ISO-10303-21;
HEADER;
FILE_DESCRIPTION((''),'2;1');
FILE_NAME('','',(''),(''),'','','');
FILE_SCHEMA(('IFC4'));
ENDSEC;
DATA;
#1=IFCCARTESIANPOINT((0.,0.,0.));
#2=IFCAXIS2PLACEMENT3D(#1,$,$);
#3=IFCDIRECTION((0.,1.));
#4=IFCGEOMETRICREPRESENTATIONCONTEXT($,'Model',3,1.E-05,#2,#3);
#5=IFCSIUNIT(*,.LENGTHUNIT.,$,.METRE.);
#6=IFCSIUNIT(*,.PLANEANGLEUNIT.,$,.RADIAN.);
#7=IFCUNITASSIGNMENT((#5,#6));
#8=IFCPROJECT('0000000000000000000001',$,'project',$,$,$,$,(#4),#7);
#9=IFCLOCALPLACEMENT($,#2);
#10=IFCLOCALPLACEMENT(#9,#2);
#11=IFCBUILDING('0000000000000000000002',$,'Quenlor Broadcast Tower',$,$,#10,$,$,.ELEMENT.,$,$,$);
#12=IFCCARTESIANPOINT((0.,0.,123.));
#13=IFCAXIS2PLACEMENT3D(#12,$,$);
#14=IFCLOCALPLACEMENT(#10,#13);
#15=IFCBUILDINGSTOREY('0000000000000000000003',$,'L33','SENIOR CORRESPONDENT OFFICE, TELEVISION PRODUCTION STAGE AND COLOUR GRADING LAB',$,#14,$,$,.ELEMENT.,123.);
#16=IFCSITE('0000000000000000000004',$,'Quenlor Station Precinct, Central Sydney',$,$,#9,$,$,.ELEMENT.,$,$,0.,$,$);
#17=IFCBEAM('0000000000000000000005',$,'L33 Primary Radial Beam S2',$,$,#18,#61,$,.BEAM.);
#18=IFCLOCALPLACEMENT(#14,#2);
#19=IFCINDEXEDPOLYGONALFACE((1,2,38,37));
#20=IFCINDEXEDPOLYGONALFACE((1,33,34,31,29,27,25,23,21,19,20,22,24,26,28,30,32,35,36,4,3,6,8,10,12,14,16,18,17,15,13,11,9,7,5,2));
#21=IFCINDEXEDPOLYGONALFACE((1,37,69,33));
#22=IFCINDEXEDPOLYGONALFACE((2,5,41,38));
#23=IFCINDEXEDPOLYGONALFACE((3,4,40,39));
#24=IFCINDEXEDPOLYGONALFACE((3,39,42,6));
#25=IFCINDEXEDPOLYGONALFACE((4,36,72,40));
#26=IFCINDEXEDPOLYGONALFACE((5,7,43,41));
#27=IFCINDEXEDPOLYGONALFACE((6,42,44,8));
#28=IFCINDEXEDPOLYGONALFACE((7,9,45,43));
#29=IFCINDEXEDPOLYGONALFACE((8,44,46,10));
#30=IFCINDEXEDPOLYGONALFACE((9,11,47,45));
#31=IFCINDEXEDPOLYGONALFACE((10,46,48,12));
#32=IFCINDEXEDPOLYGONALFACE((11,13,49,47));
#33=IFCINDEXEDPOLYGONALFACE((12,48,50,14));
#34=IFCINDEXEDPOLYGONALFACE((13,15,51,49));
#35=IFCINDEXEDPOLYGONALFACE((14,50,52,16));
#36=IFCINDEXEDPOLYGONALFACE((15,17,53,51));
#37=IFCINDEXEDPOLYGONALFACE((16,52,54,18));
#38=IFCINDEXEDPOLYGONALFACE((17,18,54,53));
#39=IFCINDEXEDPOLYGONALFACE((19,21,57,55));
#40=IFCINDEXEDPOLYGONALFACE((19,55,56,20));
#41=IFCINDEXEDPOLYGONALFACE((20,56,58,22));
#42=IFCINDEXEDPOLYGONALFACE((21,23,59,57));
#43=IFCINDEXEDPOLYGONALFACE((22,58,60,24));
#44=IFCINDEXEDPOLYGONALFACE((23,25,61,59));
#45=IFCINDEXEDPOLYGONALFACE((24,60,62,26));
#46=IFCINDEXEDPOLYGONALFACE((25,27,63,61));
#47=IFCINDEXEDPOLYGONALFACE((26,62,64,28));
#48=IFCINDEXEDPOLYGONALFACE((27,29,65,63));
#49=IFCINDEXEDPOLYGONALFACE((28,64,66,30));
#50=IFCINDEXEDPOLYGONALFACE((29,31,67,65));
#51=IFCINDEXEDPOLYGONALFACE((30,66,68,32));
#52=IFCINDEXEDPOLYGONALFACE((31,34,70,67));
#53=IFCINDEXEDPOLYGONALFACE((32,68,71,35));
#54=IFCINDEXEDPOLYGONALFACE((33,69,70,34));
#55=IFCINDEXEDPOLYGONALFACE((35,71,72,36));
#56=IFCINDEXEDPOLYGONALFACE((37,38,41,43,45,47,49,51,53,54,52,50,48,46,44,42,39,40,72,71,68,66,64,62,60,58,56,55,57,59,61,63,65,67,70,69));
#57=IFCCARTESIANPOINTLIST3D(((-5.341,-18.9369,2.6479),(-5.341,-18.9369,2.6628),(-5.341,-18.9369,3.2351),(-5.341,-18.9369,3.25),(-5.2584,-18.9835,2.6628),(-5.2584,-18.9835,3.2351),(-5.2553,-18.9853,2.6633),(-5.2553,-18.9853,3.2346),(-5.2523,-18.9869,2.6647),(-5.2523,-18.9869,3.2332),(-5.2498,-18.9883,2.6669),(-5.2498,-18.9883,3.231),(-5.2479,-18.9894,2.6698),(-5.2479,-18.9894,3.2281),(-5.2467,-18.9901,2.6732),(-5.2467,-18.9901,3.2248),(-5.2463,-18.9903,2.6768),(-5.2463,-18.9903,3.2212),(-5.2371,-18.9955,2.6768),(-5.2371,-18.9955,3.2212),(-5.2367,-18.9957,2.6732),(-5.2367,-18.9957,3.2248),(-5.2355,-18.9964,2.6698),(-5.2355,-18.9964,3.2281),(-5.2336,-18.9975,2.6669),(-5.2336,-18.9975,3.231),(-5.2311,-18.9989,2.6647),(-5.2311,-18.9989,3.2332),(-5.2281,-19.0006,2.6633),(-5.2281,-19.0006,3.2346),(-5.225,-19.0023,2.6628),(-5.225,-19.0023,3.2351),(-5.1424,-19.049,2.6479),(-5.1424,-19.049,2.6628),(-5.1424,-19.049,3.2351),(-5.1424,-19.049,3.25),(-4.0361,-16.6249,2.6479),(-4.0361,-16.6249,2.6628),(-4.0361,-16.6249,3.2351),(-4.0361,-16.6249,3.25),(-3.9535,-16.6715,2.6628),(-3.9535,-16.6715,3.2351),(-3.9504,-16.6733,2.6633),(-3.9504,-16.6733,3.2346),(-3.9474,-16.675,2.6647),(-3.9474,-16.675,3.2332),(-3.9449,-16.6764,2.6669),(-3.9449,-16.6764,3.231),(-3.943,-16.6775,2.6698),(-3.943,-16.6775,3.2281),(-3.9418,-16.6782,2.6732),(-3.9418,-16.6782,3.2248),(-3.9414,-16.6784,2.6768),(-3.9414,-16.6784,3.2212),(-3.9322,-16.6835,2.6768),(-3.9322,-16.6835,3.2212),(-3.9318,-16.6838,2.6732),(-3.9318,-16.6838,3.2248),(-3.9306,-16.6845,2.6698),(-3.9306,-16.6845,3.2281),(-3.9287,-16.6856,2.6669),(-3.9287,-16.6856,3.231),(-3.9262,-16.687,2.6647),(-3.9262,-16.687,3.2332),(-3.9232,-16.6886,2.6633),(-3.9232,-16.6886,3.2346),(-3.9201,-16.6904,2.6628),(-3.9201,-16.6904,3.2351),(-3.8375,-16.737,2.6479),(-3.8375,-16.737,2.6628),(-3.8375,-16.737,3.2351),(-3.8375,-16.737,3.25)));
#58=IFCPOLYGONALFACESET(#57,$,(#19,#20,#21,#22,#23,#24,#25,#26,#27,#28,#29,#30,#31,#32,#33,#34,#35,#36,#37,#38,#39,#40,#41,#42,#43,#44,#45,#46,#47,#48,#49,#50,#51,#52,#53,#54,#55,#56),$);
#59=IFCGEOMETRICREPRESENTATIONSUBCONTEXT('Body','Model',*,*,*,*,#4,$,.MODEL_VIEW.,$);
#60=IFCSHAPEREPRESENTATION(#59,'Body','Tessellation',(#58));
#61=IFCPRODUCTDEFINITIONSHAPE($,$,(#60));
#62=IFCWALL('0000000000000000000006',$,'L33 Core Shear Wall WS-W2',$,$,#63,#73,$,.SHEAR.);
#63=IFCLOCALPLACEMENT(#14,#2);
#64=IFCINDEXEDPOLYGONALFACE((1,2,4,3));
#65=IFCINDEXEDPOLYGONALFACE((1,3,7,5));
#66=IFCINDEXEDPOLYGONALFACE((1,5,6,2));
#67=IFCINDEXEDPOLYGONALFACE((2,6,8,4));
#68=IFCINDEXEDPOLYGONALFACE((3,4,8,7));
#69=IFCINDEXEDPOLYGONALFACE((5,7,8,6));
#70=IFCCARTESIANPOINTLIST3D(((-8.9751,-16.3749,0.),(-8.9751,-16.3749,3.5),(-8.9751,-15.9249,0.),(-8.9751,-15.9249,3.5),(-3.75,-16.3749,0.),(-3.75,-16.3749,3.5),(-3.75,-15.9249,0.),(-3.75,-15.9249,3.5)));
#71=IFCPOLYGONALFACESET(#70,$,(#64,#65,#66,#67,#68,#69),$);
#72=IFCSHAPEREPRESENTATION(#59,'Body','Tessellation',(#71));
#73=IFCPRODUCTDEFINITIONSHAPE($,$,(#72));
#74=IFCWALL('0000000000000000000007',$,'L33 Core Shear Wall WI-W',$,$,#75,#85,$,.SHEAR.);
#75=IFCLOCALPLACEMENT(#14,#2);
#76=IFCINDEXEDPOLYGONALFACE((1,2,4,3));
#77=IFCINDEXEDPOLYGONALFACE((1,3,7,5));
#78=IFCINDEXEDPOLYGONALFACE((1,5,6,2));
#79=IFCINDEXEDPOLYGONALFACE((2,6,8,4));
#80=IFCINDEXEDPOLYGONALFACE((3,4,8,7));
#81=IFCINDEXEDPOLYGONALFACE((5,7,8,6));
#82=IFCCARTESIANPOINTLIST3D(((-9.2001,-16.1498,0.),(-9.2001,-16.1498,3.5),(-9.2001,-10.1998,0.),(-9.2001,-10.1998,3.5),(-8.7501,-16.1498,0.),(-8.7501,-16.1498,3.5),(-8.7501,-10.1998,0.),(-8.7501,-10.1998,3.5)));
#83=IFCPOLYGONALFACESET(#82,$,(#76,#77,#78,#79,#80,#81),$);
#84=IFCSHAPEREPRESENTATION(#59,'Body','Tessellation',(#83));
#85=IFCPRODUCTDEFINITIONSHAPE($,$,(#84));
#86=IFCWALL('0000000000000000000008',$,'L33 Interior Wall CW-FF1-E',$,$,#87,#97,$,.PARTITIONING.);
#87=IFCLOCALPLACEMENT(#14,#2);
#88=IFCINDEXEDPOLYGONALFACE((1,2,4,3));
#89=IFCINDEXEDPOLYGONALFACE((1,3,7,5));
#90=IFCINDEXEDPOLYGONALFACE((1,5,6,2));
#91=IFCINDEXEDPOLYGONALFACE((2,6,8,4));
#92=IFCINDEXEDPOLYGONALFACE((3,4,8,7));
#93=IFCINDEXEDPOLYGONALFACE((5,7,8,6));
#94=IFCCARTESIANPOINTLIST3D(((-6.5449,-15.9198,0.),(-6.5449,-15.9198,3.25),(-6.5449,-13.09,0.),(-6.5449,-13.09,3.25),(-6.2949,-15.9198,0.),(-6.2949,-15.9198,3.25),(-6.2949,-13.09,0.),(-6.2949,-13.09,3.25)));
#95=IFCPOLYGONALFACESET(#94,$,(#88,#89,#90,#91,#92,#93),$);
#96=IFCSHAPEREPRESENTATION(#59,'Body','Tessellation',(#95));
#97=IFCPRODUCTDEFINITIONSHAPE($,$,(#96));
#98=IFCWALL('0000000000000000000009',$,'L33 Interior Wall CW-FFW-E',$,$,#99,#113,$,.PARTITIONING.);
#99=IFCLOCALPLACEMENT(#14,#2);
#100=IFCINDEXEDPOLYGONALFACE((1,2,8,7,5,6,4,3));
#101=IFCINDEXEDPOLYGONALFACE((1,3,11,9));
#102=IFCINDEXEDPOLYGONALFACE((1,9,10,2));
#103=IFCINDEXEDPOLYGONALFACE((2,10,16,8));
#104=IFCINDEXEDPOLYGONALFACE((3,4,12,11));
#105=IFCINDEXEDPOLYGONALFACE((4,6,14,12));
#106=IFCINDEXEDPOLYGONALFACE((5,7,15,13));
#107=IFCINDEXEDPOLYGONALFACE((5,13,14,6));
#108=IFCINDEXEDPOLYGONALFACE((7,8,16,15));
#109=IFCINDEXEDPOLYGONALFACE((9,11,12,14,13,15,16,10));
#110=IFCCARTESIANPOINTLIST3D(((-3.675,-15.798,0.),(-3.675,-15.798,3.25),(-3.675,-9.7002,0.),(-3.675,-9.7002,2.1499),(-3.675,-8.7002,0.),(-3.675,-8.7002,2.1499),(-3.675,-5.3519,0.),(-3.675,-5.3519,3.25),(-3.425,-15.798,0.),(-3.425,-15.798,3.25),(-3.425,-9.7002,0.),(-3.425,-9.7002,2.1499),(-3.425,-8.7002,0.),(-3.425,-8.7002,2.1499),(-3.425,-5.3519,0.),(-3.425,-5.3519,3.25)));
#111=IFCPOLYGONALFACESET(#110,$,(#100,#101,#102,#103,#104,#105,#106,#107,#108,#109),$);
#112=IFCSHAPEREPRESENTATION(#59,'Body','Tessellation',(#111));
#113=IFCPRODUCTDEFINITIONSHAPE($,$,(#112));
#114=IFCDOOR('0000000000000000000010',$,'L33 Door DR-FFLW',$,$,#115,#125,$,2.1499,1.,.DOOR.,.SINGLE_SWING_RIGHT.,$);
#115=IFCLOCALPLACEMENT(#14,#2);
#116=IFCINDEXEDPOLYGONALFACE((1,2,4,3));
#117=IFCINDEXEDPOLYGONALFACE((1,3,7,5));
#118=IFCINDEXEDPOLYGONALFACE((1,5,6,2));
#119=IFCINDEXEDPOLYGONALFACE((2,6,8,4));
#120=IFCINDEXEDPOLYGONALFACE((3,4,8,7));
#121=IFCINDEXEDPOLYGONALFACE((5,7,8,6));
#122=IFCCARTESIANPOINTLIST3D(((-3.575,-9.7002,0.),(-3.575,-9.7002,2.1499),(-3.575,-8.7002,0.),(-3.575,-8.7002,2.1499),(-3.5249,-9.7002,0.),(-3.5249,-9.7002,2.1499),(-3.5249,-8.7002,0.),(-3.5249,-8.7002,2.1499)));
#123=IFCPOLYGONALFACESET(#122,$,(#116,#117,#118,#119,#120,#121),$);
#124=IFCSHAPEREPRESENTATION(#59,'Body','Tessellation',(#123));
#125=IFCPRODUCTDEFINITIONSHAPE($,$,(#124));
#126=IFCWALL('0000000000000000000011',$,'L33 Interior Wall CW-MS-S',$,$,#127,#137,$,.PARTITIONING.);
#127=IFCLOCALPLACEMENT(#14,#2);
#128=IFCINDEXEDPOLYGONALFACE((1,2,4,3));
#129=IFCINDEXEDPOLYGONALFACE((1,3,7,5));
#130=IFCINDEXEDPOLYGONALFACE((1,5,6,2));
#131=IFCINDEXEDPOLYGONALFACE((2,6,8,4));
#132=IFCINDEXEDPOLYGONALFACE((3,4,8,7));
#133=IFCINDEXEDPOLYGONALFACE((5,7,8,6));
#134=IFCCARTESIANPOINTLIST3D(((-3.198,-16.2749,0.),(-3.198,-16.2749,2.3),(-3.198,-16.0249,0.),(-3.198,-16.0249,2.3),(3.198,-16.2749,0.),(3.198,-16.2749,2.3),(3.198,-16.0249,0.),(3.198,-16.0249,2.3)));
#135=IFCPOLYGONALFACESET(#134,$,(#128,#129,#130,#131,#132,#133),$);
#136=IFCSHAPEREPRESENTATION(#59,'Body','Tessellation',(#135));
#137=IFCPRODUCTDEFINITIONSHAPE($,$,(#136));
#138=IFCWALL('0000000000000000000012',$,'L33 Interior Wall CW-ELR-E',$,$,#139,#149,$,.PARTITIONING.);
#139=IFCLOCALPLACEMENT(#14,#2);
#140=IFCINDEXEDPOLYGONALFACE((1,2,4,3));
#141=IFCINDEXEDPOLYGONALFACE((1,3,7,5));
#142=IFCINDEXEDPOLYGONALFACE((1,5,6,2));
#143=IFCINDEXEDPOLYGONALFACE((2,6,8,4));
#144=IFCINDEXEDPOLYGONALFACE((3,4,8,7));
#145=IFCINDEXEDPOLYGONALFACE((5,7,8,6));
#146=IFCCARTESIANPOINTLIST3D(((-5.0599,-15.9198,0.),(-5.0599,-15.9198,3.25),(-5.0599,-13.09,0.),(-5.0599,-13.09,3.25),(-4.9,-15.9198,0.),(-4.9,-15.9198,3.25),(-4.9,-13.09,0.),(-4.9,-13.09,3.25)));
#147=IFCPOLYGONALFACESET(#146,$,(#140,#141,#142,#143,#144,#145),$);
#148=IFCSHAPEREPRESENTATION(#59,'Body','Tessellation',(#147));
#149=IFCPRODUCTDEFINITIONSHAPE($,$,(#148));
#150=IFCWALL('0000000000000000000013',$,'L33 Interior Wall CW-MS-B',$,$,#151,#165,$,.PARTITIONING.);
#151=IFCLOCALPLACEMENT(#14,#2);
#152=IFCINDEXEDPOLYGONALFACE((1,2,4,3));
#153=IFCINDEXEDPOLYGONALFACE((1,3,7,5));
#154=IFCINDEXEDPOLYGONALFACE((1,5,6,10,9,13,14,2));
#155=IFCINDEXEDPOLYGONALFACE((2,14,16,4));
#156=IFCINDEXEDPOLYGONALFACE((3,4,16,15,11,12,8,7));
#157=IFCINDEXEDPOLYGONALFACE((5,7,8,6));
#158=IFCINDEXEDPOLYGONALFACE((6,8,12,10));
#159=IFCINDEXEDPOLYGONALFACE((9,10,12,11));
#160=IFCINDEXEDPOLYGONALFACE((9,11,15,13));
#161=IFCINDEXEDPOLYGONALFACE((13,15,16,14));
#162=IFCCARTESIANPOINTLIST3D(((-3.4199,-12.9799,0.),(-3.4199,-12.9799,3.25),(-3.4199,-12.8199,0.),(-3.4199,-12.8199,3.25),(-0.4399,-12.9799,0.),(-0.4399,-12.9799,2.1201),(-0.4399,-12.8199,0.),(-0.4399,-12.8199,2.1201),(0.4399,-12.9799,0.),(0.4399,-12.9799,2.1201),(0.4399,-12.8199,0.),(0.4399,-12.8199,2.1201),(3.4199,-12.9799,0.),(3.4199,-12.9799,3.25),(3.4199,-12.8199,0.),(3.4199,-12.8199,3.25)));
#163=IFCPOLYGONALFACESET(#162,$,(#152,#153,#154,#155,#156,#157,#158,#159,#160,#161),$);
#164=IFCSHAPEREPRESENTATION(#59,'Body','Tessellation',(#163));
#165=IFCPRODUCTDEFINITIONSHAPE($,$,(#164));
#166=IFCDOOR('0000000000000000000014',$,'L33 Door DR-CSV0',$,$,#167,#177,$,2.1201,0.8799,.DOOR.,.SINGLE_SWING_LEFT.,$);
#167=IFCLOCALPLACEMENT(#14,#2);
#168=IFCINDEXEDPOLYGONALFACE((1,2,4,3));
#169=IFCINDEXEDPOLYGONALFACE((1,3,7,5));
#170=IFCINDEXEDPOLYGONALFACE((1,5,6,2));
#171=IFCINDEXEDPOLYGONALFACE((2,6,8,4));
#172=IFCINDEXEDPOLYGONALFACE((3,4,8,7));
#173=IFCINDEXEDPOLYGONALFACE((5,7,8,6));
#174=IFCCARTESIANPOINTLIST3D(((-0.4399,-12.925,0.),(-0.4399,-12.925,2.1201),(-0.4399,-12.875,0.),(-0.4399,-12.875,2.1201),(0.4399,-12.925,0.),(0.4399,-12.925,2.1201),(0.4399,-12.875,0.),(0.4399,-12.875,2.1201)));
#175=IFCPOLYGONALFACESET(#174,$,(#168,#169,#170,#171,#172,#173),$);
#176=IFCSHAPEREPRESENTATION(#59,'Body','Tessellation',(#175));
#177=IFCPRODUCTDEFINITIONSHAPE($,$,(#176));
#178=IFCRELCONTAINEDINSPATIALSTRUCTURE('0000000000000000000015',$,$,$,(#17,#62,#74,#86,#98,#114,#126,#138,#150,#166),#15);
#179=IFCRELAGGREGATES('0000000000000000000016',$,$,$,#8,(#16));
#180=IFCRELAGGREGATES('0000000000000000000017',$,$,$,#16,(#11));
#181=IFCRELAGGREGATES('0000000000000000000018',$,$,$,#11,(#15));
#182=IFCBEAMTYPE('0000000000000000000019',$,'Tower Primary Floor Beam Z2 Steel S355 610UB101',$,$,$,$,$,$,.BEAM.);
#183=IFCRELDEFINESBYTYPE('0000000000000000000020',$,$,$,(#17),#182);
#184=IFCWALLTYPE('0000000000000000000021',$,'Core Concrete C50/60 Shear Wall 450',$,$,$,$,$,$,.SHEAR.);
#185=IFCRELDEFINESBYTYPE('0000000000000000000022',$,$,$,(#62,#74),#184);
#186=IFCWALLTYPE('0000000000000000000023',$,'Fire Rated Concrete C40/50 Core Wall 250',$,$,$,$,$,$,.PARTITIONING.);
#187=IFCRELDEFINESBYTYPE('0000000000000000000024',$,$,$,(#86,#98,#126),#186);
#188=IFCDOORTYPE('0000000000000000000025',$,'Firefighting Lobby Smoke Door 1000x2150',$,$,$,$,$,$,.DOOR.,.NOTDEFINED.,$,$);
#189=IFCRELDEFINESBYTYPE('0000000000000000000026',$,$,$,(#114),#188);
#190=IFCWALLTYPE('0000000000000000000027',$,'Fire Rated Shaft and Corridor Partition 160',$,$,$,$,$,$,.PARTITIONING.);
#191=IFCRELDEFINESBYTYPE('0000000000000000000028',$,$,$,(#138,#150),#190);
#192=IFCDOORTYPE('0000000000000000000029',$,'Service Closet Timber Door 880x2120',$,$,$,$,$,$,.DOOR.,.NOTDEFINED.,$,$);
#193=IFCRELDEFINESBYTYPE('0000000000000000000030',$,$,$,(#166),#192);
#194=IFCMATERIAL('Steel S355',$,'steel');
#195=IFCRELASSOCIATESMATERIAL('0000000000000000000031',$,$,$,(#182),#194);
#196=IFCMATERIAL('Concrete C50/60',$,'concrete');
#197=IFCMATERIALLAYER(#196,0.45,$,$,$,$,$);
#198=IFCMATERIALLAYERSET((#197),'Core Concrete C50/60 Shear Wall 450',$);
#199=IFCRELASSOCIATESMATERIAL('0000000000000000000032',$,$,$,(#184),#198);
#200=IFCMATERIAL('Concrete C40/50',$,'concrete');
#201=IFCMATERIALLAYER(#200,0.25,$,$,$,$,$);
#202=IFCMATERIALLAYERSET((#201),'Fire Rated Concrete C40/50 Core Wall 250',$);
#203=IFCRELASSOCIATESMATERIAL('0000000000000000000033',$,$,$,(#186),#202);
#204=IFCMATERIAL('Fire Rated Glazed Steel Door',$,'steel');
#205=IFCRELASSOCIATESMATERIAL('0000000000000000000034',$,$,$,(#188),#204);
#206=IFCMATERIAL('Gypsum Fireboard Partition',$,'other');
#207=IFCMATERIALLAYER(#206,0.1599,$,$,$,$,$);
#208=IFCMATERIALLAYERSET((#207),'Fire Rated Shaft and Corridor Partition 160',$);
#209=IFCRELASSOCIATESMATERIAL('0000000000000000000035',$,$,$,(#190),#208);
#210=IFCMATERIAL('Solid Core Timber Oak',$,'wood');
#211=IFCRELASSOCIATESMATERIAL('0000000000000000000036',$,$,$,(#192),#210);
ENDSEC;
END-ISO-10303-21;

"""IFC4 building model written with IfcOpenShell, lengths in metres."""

from ifc_helpers import new_model, si_unit, direction, frame, frame_2d, origin, origin_2d, place, context, subcontext, project, spatial, rectangle, i_section, extrude, material, layer, layer_set, material_profile, profile_set, type_object, element, fill, save


model = new_model("IFC4")

# Units and contexts
model_context = context("Model", 3, precision=1e-05, world=origin(), true_north=direction((0.0, 1.0)))
body_context = subcontext(model_context, "Body", "Model", "MODEL_VIEW")
ifc_project = project(units=[si_unit("LENGTHUNIT", "METRE"), si_unit("PLANEANGLEUNIT", "RADIAN")], contexts=[model_context])

# Site, building, storey
site_placement = place(None, origin())
site = spatial("IfcSite", under=ifc_project, at=site_placement, Name="Quenlor Station Precinct, Central Sydney", CompositionType="ELEMENT", RefElevation=0.0)
building_placement = place(site_placement, origin())
building = spatial("IfcBuilding", under=site, at=building_placement, Name="Quenlor Broadcast Tower", CompositionType="ELEMENT")
storey_placement = place(building_placement, frame((0.0, 0.0, 123.0)))
storey = spatial("IfcBuildingStorey", under=building, at=storey_placement, Name="L33", Description="SENIOR CORRESPONDENT OFFICE, TELEVISION PRODUCTION STAGE AND COLOUR GRADING LAB", CompositionType="ELEMENT", Elevation=123.0)

# Beam
ifc_material_1 = material(Name="Steel S355", Category="steel")
ifc_material_profile_1 = material_profile(ifc_material_1, i_section(OverallWidth=0.228, OverallDepth=0.6021, WebThickness=0.0105, FlangeThickness=0.0149, FilletRadius=0.0139, at=origin_2d()))
ifc_profile_set_1 = profile_set([ifc_material_profile_1], Name="Steel S355 610UB101")
beam_type_1 = type_object("IfcBeamType", Name="Tower Primary Floor Beam Z2 Steel S355 610UB101", PredefinedType="BEAM", material=ifc_profile_set_1)
beam_1_placement = place(storey_placement, frame((-5.2417, -18.9929, 2.949), z_axis=(0.491527, 0.870862, 0.0), x_axis=(-0.870862, 0.491527, 0.0)))
element("IfcBeam", 1, at=beam_1_placement, inside=storey, type_object=beam_type_1, Name="L33 Primary Radial Beam S2", PredefinedType="BEAM", context=body_context, shape_type="SweptSolid", body=[
    extrude(i_section(OverallWidth=0.228, OverallDepth=0.6021, WebThickness=0.0105, FlangeThickness=0.0149, FilletRadius=0.0139, at=origin_2d()), origin(), (0.0, 0.0, 1.0), 2.6548),
])

# Walls
ifc_material_2 = material(Name="Concrete C50/60", Category="concrete")
ifc_layer_1 = layer(ifc_material_2, 0.45)
ifc_layer_set_1 = layer_set([ifc_layer_1], Name="Core Concrete C50/60 Shear Wall 450")
wall_type_1 = type_object("IfcWallType", Name="Core Concrete C50/60 Shear Wall 450", PredefinedType="SHEAR", material=ifc_layer_set_1)
wall_1_placement = place(storey_placement, frame((-8.9751, -16.1499, 0.0), z_axis=(0.0, 0.0, 1.0), x_axis=(1.0, 0.0, 0.0)))
element("IfcWall", 2, at=wall_1_placement, inside=storey, type_object=wall_type_1, Name="L33 Core Shear Wall WS-W2", PredefinedType="SHEAR", context=body_context, shape_type="SweptSolid", body=[
    extrude(rectangle(XDim=5.2251, YDim=0.45, at=frame_2d((2.6125, 0.0))), origin(), (0.0, 0.0, 1.0), 3.5),
])
wall_2_placement = place(storey_placement, frame((-8.9751, -16.1499, 0.0), z_axis=(0.0, 0.0, 1.0), x_axis=(0.0, 1.0, 0.0)))
element("IfcWall", 3, at=wall_2_placement, inside=storey, type_object=wall_type_1, Name="L33 Core Shear Wall WI-W", PredefinedType="SHEAR", context=body_context, shape_type="SweptSolid", body=[
    extrude(rectangle(XDim=5.95, YDim=0.45, at=frame_2d((2.9751, 0.0))), origin(), (0.0, 0.0, 1.0), 3.5),
])

# Shared definitions
ifc_material_3 = material(Name="Concrete C40/50", Category="concrete")
ifc_layer_2 = layer(ifc_material_3, 0.25)
ifc_layer_set_2 = layer_set([ifc_layer_2], Name="Fire Rated Concrete C40/50 Core Wall 250")
wall_type_2 = type_object("IfcWallType", Name="Fire Rated Concrete C40/50 Core Wall 250", PredefinedType="PARTITIONING", material=ifc_layer_set_2)

# Wall
wall_3_placement = place(storey_placement, frame((-6.4199, -15.9199, 0.0), z_axis=(0.0, 0.0, 1.0), x_axis=(0.0, 1.0, 0.0)))
element("IfcWall", 4, at=wall_3_placement, inside=storey, type_object=wall_type_2, Name="L33 Interior Wall CW-FF1-E", PredefinedType="PARTITIONING", context=body_context, shape_type="SweptSolid", body=[
    extrude(rectangle(XDim=2.8298, YDim=0.25, at=frame_2d((1.415, 0.0))), origin(), (0.0, 0.0, 1.0), 3.25),
])

# Wall, opening, door
wall_4_placement = place(storey_placement, frame((-3.55, -15.7981, 0.0), z_axis=(0.0, 0.0, 1.0), x_axis=(0.0, 1.0, 0.0)))
wall_4 = element("IfcWall", 5, at=wall_4_placement, inside=storey, type_object=wall_type_2, Name="L33 Interior Wall CW-FFW-E", PredefinedType="PARTITIONING", context=body_context, shape_type="SweptSolid", body=[
    extrude(rectangle(XDim=10.446, YDim=0.25, at=frame_2d((5.2231, 0.0))), origin(), (0.0, 0.0, 1.0), 3.25),
])
opening_1_placement = place(wall_4_placement, frame((6.0979, 0.0, 0.0)))
opening_1 = element("IfcOpeningElement", 6, at=opening_1_placement, cuts=wall_4, PredefinedType="OPENING", context=body_context, shape_type="SweptSolid", body=[
    extrude(rectangle(XDim=1.0, YDim=2.1499, at=frame_2d((0.5, 1.075))), frame((0.0, 0.135, 0.0), z_axis=(0.0, -1.0, 0.0), x_axis=(1.0, 0.0, 0.0)), (0.0, 0.0, 1.0), 0.27),
])
ifc_material_4 = material(Name="Fire Rated Glazed Steel Door", Category="steel")
door_type_1 = type_object("IfcDoorType", Name="Firefighting Lobby Smoke Door 1000x2150", OperationType="NOTDEFINED", PredefinedType="DOOR", material=ifc_material_4)
door_1_placement = place(opening_1_placement, origin())
door_1 = element("IfcDoor", 7, at=door_1_placement, inside=storey, type_object=door_type_1, Name="L33 Door DR-FFLW", OperationType="SINGLE_SWING_RIGHT", OverallHeight=2.1499, OverallWidth=1.0, PredefinedType="DOOR", context=body_context, shape_type="SweptSolid", body=[
    extrude(rectangle(XDim=1.0, YDim=2.1499, at=frame_2d((0.5, 1.075))), frame((0.0, 0.0249, 0.0), z_axis=(0.0, -1.0, 0.0), x_axis=(1.0, 0.0, 0.0)), (0.0, 0.0, 1.0), 0.05),
])
fill(opening_1, door_1)

# Walls
wall_5_placement = place(storey_placement, frame((-3.198, -16.1499, 0.0), z_axis=(0.0, 0.0, 1.0), x_axis=(1.0, 0.0, 0.0)))
element("IfcWall", 8, at=wall_5_placement, inside=storey, type_object=wall_type_2, Name="L33 Interior Wall CW-MS-S", PredefinedType="PARTITIONING", context=body_context, shape_type="SweptSolid", body=[
    extrude(rectangle(XDim=6.396, YDim=0.25, at=frame_2d((3.198, 0.0))), origin(), (0.0, 0.0, 1.0), 2.3),
])
ifc_material_5 = material(Name="Gypsum Fireboard Partition", Category="other")
ifc_layer_3 = layer(ifc_material_5, 0.1599)
ifc_layer_set_3 = layer_set([ifc_layer_3], Name="Fire Rated Shaft and Corridor Partition 160")
wall_type_3 = type_object("IfcWallType", Name="Fire Rated Shaft and Corridor Partition 160", PredefinedType="PARTITIONING", material=ifc_layer_set_3)
wall_6_placement = place(storey_placement, frame((-4.98, -15.9199, 0.0), z_axis=(0.0, 0.0, 1.0), x_axis=(0.0, 1.0, 0.0)))
element("IfcWall", 9, at=wall_6_placement, inside=storey, type_object=wall_type_3, Name="L33 Interior Wall CW-ELR-E", PredefinedType="PARTITIONING", context=body_context, shape_type="SweptSolid", body=[
    extrude(rectangle(XDim=2.8298, YDim=0.1599, at=frame_2d((1.415, 0.0))), origin(), (0.0, 0.0, 1.0), 3.25),
])

# Wall, opening, door
wall_7_placement = place(storey_placement, frame((-3.4199, -12.8999, 0.0), z_axis=(0.0, 0.0, 1.0), x_axis=(1.0, 0.0, 0.0)))
wall_7 = element("IfcWall", 10, at=wall_7_placement, inside=storey, type_object=wall_type_3, Name="L33 Interior Wall CW-MS-B", PredefinedType="PARTITIONING", context=body_context, shape_type="SweptSolid", body=[
    extrude(rectangle(XDim=6.8398, YDim=0.1599, at=frame_2d((3.4199, 0.0))), origin(), (0.0, 0.0, 1.0), 3.25),
])
opening_2_placement = place(wall_7_placement, frame((2.98, 0.0, 0.0)))
opening_2 = element("IfcOpeningElement", 11, at=opening_2_placement, cuts=wall_7, PredefinedType="OPENING", context=body_context, shape_type="SweptSolid", body=[
    extrude(rectangle(XDim=0.8799, YDim=2.1201, at=frame_2d((0.4399, 1.0601))), frame((0.0, 0.0898, 0.0), z_axis=(0.0, -1.0, 0.0), x_axis=(1.0, 0.0, 0.0)), (0.0, 0.0, 1.0), 0.1799),
])
ifc_material_6 = material(Name="Solid Core Timber Oak", Category="wood")
door_type_2 = type_object("IfcDoorType", Name="Service Closet Timber Door 880x2120", OperationType="NOTDEFINED", PredefinedType="DOOR", material=ifc_material_6)
door_2_placement = place(opening_2_placement, origin())
door_2 = element("IfcDoor", 12, at=door_2_placement, inside=storey, type_object=door_type_2, Name="L33 Door DR-CSV0", OperationType="SINGLE_SWING_LEFT", OverallHeight=2.1201, OverallWidth=0.8799, PredefinedType="DOOR", context=body_context, shape_type="SweptSolid", body=[
    extrude(rectangle(XDim=0.8799, YDim=2.1201, at=frame_2d((0.4399, 1.0601))), frame((0.0, 0.0249, 0.0), z_axis=(0.0, -1.0, 0.0), x_axis=(1.0, 0.0, 0.0)), (0.0, 0.0, 1.0), 0.05),
])
fill(opening_2, door_2)

save(model, "model.ifc")
